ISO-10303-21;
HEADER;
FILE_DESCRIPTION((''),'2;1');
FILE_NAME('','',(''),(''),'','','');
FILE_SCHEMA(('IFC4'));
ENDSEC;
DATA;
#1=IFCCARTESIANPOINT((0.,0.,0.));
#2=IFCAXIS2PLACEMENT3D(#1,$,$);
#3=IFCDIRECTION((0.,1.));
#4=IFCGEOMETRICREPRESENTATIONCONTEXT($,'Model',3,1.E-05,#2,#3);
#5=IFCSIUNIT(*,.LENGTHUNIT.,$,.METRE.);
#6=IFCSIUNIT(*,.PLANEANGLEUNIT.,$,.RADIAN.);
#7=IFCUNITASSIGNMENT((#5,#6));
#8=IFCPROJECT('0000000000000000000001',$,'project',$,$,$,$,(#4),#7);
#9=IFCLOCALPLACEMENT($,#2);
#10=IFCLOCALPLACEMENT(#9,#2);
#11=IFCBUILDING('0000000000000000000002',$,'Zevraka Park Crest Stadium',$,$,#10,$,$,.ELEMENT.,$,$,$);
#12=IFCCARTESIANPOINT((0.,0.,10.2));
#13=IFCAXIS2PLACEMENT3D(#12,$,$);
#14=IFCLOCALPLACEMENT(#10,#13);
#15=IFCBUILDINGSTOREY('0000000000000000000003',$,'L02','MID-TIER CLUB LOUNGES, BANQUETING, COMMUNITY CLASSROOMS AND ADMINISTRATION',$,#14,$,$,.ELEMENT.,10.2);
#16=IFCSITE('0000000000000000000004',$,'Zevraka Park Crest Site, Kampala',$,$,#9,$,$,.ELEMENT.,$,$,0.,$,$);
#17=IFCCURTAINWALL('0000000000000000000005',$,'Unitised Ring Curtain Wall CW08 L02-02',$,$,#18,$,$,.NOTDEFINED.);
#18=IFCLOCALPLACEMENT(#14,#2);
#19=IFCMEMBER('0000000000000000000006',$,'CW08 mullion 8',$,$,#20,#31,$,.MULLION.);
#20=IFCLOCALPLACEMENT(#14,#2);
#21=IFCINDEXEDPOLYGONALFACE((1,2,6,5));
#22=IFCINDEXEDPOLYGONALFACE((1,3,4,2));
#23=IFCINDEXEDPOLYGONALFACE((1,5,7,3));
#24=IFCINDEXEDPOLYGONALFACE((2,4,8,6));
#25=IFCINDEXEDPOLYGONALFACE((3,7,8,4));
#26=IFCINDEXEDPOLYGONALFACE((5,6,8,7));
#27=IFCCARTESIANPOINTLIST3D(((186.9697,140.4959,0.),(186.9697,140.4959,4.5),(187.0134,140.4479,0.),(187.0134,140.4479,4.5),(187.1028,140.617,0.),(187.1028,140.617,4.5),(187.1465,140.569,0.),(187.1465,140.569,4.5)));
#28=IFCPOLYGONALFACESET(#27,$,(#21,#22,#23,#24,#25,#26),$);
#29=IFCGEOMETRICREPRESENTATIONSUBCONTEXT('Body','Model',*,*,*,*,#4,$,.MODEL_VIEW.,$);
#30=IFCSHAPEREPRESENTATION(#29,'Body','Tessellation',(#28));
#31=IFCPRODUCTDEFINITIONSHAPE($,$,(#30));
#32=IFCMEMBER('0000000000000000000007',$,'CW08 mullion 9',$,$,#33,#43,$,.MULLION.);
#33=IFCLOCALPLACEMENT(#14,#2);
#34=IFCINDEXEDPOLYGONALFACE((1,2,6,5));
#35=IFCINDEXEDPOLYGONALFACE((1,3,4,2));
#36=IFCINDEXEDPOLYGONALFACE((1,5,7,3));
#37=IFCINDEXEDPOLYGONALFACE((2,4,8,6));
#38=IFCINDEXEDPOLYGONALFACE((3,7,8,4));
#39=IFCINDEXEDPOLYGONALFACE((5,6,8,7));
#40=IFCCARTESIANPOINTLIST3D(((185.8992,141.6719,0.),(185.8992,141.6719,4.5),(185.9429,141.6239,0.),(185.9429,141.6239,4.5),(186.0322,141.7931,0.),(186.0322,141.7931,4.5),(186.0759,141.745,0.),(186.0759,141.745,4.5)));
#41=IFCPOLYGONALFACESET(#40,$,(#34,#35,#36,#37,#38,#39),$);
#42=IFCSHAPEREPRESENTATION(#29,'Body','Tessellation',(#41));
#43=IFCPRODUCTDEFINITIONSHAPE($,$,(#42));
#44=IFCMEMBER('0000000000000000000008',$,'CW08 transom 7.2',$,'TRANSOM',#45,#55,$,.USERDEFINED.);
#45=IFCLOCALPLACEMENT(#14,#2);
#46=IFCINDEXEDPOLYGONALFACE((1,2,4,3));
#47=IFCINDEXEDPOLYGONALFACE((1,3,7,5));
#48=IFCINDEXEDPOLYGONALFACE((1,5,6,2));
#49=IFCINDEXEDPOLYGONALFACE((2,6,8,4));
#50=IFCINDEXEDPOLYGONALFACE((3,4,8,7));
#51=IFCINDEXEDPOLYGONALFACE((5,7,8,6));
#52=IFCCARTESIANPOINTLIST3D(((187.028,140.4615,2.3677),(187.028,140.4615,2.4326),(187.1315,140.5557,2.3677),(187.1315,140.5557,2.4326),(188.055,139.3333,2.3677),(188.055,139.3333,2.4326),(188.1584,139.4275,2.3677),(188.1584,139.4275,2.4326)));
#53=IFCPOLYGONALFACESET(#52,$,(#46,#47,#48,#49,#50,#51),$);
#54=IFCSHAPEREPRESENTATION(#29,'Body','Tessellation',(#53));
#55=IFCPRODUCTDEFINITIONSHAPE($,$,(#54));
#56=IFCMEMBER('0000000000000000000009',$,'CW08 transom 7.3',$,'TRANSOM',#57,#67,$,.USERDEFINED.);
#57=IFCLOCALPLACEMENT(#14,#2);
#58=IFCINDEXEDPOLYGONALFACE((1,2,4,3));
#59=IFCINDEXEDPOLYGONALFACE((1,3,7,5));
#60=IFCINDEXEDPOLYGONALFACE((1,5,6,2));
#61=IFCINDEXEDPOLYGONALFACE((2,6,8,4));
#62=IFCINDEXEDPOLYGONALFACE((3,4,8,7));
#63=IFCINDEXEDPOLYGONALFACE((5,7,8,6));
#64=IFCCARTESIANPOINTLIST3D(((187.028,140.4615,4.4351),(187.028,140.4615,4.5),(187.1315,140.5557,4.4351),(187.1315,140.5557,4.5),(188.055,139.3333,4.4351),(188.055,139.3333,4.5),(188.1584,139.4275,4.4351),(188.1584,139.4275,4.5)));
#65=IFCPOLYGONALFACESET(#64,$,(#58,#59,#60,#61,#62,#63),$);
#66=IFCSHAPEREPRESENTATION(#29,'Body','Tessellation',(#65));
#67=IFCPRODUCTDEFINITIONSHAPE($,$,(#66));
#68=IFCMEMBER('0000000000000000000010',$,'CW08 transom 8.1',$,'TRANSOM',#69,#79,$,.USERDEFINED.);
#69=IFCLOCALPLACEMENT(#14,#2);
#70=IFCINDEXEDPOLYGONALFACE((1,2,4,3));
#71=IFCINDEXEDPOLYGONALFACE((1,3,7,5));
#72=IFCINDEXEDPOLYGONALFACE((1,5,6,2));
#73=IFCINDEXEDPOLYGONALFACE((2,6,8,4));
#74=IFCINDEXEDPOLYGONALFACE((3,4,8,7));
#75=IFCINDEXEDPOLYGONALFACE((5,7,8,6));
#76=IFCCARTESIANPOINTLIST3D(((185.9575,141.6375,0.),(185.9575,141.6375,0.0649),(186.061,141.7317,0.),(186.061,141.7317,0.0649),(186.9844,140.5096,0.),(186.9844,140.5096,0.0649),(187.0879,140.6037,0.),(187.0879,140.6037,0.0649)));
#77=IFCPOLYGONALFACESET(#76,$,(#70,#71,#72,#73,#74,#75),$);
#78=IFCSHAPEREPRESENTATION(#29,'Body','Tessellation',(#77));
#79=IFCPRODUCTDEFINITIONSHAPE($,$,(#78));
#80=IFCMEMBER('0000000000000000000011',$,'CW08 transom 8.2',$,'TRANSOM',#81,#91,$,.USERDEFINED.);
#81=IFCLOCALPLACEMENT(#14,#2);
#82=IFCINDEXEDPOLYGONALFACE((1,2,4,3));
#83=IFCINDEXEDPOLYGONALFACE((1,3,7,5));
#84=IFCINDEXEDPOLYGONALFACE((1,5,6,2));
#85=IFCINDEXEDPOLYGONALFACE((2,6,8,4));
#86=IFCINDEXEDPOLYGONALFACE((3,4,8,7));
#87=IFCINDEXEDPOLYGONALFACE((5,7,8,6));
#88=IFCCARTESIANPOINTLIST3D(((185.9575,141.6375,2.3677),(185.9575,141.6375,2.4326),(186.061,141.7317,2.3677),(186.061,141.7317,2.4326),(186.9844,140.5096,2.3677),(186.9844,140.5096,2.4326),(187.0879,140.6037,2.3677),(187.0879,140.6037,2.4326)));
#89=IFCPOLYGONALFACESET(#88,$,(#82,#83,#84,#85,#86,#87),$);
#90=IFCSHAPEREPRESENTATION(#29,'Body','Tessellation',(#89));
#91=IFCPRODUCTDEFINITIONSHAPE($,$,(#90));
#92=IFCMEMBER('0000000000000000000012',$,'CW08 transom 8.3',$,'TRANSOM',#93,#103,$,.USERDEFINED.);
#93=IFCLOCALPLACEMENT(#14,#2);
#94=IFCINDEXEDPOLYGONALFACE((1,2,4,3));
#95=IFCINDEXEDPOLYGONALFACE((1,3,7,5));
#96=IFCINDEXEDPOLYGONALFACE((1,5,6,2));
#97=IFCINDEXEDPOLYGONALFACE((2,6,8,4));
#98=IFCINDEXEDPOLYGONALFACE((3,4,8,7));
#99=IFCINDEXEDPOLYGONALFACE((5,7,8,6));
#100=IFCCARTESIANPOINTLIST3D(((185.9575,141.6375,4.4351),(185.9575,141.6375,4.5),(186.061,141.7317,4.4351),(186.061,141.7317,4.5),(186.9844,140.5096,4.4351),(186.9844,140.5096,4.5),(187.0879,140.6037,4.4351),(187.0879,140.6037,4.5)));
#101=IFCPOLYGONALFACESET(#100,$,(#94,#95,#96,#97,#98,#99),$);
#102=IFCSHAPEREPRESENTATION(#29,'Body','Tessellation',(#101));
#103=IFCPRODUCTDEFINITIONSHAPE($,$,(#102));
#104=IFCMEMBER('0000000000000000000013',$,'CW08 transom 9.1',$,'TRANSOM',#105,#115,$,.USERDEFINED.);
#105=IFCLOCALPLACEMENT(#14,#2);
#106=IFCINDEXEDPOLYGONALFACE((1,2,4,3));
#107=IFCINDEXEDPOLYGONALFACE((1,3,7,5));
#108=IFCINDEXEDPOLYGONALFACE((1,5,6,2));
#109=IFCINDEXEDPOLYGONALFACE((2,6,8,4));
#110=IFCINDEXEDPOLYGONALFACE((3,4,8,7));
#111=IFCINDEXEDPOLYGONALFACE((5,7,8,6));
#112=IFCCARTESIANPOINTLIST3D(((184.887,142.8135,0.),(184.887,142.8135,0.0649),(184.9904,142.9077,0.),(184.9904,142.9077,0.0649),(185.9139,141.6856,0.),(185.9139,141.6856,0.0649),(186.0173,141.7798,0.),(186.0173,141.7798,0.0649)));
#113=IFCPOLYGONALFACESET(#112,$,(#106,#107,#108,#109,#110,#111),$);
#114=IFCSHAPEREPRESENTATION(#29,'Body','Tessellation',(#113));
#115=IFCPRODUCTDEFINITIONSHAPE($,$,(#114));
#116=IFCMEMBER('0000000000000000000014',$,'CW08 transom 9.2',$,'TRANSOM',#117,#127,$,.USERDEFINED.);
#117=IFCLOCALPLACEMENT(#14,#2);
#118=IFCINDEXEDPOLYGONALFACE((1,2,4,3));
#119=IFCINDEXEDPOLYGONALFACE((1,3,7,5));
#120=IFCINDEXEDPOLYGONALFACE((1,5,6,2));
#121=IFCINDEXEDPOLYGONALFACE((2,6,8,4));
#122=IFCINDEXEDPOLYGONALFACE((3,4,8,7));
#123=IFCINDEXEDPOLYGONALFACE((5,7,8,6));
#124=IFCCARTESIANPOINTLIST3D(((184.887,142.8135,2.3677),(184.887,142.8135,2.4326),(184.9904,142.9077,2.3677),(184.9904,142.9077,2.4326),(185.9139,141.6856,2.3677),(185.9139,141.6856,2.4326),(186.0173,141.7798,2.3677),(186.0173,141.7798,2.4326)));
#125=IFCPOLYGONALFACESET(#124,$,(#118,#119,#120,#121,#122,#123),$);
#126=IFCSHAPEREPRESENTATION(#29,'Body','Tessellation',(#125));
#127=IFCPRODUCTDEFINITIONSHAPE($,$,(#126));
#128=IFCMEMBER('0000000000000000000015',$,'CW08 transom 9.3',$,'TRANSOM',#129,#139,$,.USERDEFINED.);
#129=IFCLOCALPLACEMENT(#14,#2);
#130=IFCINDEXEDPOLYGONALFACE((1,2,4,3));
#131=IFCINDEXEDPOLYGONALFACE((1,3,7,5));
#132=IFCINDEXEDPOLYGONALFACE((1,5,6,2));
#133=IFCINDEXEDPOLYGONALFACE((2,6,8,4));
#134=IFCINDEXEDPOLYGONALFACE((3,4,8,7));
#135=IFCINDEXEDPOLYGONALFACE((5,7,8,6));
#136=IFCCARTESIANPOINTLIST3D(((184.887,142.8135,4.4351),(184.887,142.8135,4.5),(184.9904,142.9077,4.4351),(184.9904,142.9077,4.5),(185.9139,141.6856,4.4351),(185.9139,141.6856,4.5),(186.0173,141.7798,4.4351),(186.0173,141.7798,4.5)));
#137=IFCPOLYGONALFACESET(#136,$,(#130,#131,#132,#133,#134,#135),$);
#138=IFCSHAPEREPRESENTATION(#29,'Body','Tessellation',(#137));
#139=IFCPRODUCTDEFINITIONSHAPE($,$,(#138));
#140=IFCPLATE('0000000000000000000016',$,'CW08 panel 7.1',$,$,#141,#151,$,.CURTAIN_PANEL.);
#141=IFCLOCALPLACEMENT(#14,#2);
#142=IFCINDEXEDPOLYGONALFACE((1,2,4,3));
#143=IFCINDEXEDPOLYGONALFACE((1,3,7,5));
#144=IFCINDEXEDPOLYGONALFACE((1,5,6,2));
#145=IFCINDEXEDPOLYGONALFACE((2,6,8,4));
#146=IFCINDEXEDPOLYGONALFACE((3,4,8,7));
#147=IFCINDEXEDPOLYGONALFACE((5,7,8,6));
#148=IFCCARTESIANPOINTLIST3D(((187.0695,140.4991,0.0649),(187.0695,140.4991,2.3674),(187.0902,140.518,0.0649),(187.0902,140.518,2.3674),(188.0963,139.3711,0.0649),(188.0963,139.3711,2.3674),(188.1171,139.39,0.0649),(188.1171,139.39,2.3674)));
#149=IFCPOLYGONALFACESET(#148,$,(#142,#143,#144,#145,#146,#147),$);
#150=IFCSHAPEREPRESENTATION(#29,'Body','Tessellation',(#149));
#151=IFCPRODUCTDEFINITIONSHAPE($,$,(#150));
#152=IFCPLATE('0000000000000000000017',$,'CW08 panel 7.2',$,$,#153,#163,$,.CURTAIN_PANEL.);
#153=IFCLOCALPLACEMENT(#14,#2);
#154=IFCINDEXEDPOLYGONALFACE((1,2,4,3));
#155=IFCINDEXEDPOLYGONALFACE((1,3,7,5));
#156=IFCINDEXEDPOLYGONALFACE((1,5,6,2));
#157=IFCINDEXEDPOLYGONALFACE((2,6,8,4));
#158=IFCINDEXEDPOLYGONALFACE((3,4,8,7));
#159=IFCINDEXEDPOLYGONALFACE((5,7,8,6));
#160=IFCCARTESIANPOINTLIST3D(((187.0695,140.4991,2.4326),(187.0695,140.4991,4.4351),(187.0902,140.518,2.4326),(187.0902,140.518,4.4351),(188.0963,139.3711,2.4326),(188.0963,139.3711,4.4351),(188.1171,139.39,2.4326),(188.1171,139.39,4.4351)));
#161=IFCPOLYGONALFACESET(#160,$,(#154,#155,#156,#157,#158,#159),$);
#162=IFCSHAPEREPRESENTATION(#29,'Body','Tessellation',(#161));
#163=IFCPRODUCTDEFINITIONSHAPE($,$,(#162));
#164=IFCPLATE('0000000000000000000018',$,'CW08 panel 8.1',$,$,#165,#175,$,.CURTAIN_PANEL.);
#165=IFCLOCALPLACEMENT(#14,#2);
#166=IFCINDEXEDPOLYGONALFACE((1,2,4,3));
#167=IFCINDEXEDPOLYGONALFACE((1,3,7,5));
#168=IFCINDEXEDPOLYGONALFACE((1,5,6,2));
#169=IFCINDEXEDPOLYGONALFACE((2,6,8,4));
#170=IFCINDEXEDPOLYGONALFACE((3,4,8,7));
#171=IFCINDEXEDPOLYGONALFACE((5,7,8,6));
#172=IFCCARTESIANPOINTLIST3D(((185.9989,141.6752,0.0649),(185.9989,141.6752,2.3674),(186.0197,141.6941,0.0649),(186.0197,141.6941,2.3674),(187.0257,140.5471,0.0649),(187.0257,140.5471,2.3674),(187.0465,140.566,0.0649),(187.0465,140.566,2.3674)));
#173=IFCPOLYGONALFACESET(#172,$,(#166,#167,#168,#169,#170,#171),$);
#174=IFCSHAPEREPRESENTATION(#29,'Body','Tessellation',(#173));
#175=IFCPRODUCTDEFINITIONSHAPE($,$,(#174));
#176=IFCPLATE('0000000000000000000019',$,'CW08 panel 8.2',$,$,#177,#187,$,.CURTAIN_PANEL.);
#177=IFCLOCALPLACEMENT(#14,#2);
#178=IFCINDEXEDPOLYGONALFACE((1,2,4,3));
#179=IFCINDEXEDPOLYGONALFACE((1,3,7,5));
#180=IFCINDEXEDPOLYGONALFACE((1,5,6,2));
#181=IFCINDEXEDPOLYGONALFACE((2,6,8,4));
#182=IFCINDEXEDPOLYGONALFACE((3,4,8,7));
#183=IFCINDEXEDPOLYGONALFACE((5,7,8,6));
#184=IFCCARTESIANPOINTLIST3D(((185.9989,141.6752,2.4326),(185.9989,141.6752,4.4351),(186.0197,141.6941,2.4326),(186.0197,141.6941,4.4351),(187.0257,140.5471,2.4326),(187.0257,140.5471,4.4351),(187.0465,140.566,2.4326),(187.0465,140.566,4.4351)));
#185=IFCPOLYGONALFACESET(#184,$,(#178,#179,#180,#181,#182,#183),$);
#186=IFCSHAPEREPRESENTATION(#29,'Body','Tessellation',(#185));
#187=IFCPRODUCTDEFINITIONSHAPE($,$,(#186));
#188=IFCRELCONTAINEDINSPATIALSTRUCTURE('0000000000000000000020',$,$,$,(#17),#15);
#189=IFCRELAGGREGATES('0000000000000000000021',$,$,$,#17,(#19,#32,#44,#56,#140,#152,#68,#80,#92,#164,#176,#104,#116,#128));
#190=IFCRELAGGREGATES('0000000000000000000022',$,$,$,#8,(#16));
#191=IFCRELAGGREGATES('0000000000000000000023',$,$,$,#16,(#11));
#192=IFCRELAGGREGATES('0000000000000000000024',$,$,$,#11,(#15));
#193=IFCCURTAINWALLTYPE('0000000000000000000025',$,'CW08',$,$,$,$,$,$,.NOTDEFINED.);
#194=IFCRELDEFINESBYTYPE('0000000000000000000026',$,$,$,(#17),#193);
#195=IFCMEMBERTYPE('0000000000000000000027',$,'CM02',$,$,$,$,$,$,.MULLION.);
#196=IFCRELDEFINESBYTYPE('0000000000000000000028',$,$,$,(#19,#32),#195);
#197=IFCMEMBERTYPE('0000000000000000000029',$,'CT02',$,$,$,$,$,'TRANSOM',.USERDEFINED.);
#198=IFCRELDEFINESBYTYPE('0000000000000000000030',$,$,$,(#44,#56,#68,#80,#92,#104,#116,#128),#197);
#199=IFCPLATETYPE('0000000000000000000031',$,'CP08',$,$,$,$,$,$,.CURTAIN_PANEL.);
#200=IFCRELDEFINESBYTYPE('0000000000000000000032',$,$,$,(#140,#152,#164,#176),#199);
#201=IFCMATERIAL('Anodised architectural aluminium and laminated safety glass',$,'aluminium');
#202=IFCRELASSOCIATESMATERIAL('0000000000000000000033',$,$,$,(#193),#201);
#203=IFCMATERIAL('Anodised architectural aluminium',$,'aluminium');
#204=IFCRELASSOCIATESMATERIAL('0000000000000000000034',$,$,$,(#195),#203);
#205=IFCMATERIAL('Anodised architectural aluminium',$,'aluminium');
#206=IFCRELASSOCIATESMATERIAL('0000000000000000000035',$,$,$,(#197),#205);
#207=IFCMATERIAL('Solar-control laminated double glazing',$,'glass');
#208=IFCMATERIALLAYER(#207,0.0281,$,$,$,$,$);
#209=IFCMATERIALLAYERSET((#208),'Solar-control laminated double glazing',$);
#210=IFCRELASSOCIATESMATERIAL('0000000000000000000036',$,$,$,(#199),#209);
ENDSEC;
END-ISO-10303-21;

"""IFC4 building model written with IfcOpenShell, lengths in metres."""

from ifc_helpers import new_model, si_unit, direction, frame, origin, origin_2d, place, context, subcontext, project, spatial, rectangle, extrude, material, layer, layer_set, material_profile, profile_set, type_object, element, aggregate, save


model = new_model("IFC4")

# Units and contexts
model_context = context("Model", 3, precision=1e-05, world=origin(), true_north=direction((0.0, 1.0)))
body_context = subcontext(model_context, "Body", "Model", "MODEL_VIEW")
ifc_project = project(units=[si_unit("LENGTHUNIT", "METRE"), si_unit("PLANEANGLEUNIT", "RADIAN")], contexts=[model_context])

# Site, building, storey
site_placement = place(None, origin())
site = spatial("IfcSite", under=ifc_project, at=site_placement, Name="Zevraka Park Crest Site, Kampala", CompositionType="ELEMENT", RefElevation=0.0)
building_placement = place(site_placement, origin())
building = spatial("IfcBuilding", under=site, at=building_placement, Name="Zevraka Park Crest Stadium", CompositionType="ELEMENT")
storey_placement = place(building_placement, frame((0.0, 0.0, 10.2)))
storey = spatial("IfcBuildingStorey", under=building, at=storey_placement, Name="L02", Description="MID-TIER CLUB LOUNGES, BANQUETING, COMMUNITY CLASSROOMS AND ADMINISTRATION", CompositionType="ELEMENT", Elevation=10.2)

# Curtain wall, members, plates
ifc_material_1 = material(Name="Anodised architectural aluminium and laminated safety glass", Category="aluminium")
curtain_wall_type = type_object("IfcCurtainWallType", Name="CW08", PredefinedType="NOTDEFINED", material=ifc_material_1)
curtain_wall_placement = place(storey_placement, origin())
curtain_wall = element("IfcCurtainWall", 1, at=curtain_wall_placement, inside=storey, type_object=curtain_wall_type, Name="Unitised Ring Curtain Wall CW08 L02-02", PredefinedType="NOTDEFINED")
ifc_material_2 = material(Name="Anodised architectural aluminium", Category="aluminium")
ifc_material_profile_1 = material_profile(ifc_material_2, rectangle(XDim=0.1799, YDim=0.0649, at=origin_2d()), Name="ALU MULLION 180x65")
ifc_profile_set_1 = profile_set([ifc_material_profile_1], Name="Anodised architectural aluminium")
member_type_1 = type_object("IfcMemberType", Name="CM02", PredefinedType="MULLION", material=ifc_profile_set_1)
member_1_placement = place(storey_placement, frame((187.0581, 140.5325, 0.0), z_axis=(0.0, 0.0, 1.0), x_axis=(-0.739497, -0.67316, 0.0)))
member_1 = element("IfcMember", 2, at=member_1_placement, type_object=member_type_1, Name="CW08 mullion 8", PredefinedType="MULLION", context=body_context, shape_type="SweptSolid", body=[
    extrude(rectangle(XDim=0.1799, YDim=0.0649, at=origin_2d()), origin(), (0.0, 0.0, 1.0), 4.5),
])
member_2_placement = place(storey_placement, frame((185.9875, 141.7085, 0.0), z_axis=(0.0, 0.0, 1.0), x_axis=(-0.739497, -0.67316, 0.0)))
member_2 = element("IfcMember", 3, at=member_2_placement, type_object=member_type_1, Name="CW08 mullion 9", PredefinedType="MULLION", context=body_context, shape_type="SweptSolid", body=[
    extrude(rectangle(XDim=0.1799, YDim=0.0649, at=origin_2d()), origin(), (0.0, 0.0, 1.0), 4.5),
])
ifc_material_3 = material(Name="Anodised architectural aluminium", Category="aluminium")
ifc_material_profile_2 = material_profile(ifc_material_3, rectangle(XDim=0.1399, YDim=0.0649, at=origin_2d()), Name="ALU TRANSOM 140x65")
ifc_profile_set_2 = profile_set([ifc_material_profile_2], Name="Anodised architectural aluminium")
member_type_2 = type_object("IfcMemberType", Name="CT02", ElementType="TRANSOM", PredefinedType="USERDEFINED", material=ifc_profile_set_2)
member_3_placement = place(storey_placement, frame((188.1067, 139.3804, 2.4001), z_axis=(-0.673119, 0.739534, 0.0), x_axis=(-0.739534, -0.673119, 0.0)))
member_3 = element("IfcMember", 4, at=member_3_placement, type_object=member_type_2, Name="CW08 transom 7.2", ObjectType="TRANSOM", PredefinedType="USERDEFINED", context=body_context, shape_type="SweptSolid", body=[
    extrude(rectangle(XDim=0.1399, YDim=0.0649, at=origin_2d()), origin(), (0.0, 0.0, 1.0), 1.5256),
])
member_4_placement = place(storey_placement, frame((188.1067, 139.3804, 4.4675), z_axis=(-0.673119, 0.739534, 0.0), x_axis=(-0.739534, -0.673119, 0.0)))
member_4 = element("IfcMember", 5, at=member_4_placement, type_object=member_type_2, Name="CW08 transom 7.3", ObjectType="TRANSOM", PredefinedType="USERDEFINED", context=body_context, shape_type="SweptSolid", body=[
    extrude(rectangle(XDim=0.1399, YDim=0.0649, at=origin_2d()), origin(), (0.0, 0.0, 1.0), 1.5256),
])
member_5_placement = place(storey_placement, frame((187.0361, 140.5566, 0.0325), z_axis=(-0.673198, 0.739462, 0.0), x_axis=(-0.739462, -0.673198, 0.0)))
member_5 = element("IfcMember", 6, at=member_5_placement, type_object=member_type_2, Name="CW08 transom 8.1", ObjectType="TRANSOM", PredefinedType="USERDEFINED", context=body_context, shape_type="SweptSolid", body=[
    extrude(rectangle(XDim=0.1399, YDim=0.0649, at=origin_2d()), origin(), (0.0, 0.0, 1.0), 1.5254),
])
member_6_placement = place(storey_placement, frame((187.0361, 140.5566, 2.4001), z_axis=(-0.673198, 0.739462, 0.0), x_axis=(-0.739462, -0.673198, 0.0)))
member_6 = element("IfcMember", 7, at=member_6_placement, type_object=member_type_2, Name="CW08 transom 8.2", ObjectType="TRANSOM", PredefinedType="USERDEFINED", context=body_context, shape_type="SweptSolid", body=[
    extrude(rectangle(XDim=0.1399, YDim=0.0649, at=origin_2d()), origin(), (0.0, 0.0, 1.0), 1.5254),
])
member_7_placement = place(storey_placement, frame((187.0361, 140.5566, 4.4675), z_axis=(-0.673198, 0.739462, 0.0), x_axis=(-0.739462, -0.673198, 0.0)))
member_7 = element("IfcMember", 8, at=member_7_placement, type_object=member_type_2, Name="CW08 transom 8.3", ObjectType="TRANSOM", PredefinedType="USERDEFINED", context=body_context, shape_type="SweptSolid", body=[
    extrude(rectangle(XDim=0.1399, YDim=0.0649, at=origin_2d()), origin(), (0.0, 0.0, 1.0), 1.5254),
])
member_8_placement = place(storey_placement, frame((185.9656, 141.7327, 0.0325), z_axis=(-0.673198, 0.739462, 0.0), x_axis=(-0.739462, -0.673198, 0.0)))
member_8 = element("IfcMember", 9, at=member_8_placement, type_object=member_type_2, Name="CW08 transom 9.1", ObjectType="TRANSOM", PredefinedType="USERDEFINED", context=body_context, shape_type="SweptSolid", body=[
    extrude(rectangle(XDim=0.1399, YDim=0.0649, at=origin_2d()), origin(), (0.0, 0.0, 1.0), 1.5254),
])
member_9_placement = place(storey_placement, frame((185.9656, 141.7327, 2.4001), z_axis=(-0.673198, 0.739462, 0.0), x_axis=(-0.739462, -0.673198, 0.0)))
member_9 = element("IfcMember", 10, at=member_9_placement, type_object=member_type_2, Name="CW08 transom 9.2", ObjectType="TRANSOM", PredefinedType="USERDEFINED", context=body_context, shape_type="SweptSolid", body=[
    extrude(rectangle(XDim=0.1399, YDim=0.0649, at=origin_2d()), origin(), (0.0, 0.0, 1.0), 1.5254),
])
member_10_placement = place(storey_placement, frame((185.9656, 141.7327, 4.4675), z_axis=(-0.673198, 0.739462, 0.0), x_axis=(-0.739462, -0.673198, 0.0)))
member_10 = element("IfcMember", 11, at=member_10_placement, type_object=member_type_2, Name="CW08 transom 9.3", ObjectType="TRANSOM", PredefinedType="USERDEFINED", context=body_context, shape_type="SweptSolid", body=[
    extrude(rectangle(XDim=0.1399, YDim=0.0649, at=origin_2d()), origin(), (0.0, 0.0, 1.0), 1.5254),
])
ifc_material_4 = material(Name="Solar-control laminated double glazing", Category="glass")
ifc_layer_1 = layer(ifc_material_4, 0.0281)
ifc_layer_set_1 = layer_set([ifc_layer_1], Name="Solar-control laminated double glazing")
plate_type = type_object("IfcPlateType", Name="CP08", PredefinedType="CURTAIN_PANEL", material=ifc_layer_set_1)
plate_1_placement = place(storey_placement, frame((187.5933, 139.9446, 0.0649), z_axis=(0.0, 0.0, 1.0), x_axis=(-0.67316, 0.739497, 0.0)))
plate_1 = element("IfcPlate", 12, at=plate_1_placement, type_object=plate_type, Name="CW08 panel 7.1", PredefinedType="CURTAIN_PANEL", context=body_context, shape_type="SweptSolid", body=[
    extrude(rectangle(XDim=1.5254, YDim=0.0281, at=origin_2d()), origin(), (0.0, 0.0, 1.0), 2.3025),
])
plate_2_placement = place(storey_placement, frame((187.5933, 139.9446, 2.4326), z_axis=(0.0, 0.0, 1.0), x_axis=(-0.67316, 0.739497, 0.0)))
plate_2 = element("IfcPlate", 13, at=plate_2_placement, type_object=plate_type, Name="CW08 panel 7.2", PredefinedType="CURTAIN_PANEL", context=body_context, shape_type="SweptSolid", body=[
    extrude(rectangle(XDim=1.5254, YDim=0.0281, at=origin_2d()), origin(), (0.0, 0.0, 1.0), 2.0024),
])
plate_3_placement = place(storey_placement, frame((186.5227, 141.1206, 0.0649), z_axis=(0.0, 0.0, 1.0), x_axis=(-0.67316, 0.739497, 0.0)))
plate_3 = element("IfcPlate", 14, at=plate_3_placement, type_object=plate_type, Name="CW08 panel 8.1", PredefinedType="CURTAIN_PANEL", context=body_context, shape_type="SweptSolid", body=[
    extrude(rectangle(XDim=1.5254, YDim=0.0281, at=origin_2d()), origin(), (0.0, 0.0, 1.0), 2.3025),
])
plate_4_placement = place(storey_placement, frame((186.5227, 141.1206, 2.4326), z_axis=(0.0, 0.0, 1.0), x_axis=(-0.67316, 0.739497, 0.0)))
plate_4 = element("IfcPlate", 15, at=plate_4_placement, type_object=plate_type, Name="CW08 panel 8.2", PredefinedType="CURTAIN_PANEL", context=body_context, shape_type="SweptSolid", body=[
    extrude(rectangle(XDim=1.5254, YDim=0.0281, at=origin_2d()), origin(), (0.0, 0.0, 1.0), 2.0024),
])
aggregate(curtain_wall, [member_1, member_2, member_3, member_4, plate_1, plate_2, member_5, member_6, member_7, plate_3, plate_4, member_8, member_9, member_10])

save(model, "model.ifc")
